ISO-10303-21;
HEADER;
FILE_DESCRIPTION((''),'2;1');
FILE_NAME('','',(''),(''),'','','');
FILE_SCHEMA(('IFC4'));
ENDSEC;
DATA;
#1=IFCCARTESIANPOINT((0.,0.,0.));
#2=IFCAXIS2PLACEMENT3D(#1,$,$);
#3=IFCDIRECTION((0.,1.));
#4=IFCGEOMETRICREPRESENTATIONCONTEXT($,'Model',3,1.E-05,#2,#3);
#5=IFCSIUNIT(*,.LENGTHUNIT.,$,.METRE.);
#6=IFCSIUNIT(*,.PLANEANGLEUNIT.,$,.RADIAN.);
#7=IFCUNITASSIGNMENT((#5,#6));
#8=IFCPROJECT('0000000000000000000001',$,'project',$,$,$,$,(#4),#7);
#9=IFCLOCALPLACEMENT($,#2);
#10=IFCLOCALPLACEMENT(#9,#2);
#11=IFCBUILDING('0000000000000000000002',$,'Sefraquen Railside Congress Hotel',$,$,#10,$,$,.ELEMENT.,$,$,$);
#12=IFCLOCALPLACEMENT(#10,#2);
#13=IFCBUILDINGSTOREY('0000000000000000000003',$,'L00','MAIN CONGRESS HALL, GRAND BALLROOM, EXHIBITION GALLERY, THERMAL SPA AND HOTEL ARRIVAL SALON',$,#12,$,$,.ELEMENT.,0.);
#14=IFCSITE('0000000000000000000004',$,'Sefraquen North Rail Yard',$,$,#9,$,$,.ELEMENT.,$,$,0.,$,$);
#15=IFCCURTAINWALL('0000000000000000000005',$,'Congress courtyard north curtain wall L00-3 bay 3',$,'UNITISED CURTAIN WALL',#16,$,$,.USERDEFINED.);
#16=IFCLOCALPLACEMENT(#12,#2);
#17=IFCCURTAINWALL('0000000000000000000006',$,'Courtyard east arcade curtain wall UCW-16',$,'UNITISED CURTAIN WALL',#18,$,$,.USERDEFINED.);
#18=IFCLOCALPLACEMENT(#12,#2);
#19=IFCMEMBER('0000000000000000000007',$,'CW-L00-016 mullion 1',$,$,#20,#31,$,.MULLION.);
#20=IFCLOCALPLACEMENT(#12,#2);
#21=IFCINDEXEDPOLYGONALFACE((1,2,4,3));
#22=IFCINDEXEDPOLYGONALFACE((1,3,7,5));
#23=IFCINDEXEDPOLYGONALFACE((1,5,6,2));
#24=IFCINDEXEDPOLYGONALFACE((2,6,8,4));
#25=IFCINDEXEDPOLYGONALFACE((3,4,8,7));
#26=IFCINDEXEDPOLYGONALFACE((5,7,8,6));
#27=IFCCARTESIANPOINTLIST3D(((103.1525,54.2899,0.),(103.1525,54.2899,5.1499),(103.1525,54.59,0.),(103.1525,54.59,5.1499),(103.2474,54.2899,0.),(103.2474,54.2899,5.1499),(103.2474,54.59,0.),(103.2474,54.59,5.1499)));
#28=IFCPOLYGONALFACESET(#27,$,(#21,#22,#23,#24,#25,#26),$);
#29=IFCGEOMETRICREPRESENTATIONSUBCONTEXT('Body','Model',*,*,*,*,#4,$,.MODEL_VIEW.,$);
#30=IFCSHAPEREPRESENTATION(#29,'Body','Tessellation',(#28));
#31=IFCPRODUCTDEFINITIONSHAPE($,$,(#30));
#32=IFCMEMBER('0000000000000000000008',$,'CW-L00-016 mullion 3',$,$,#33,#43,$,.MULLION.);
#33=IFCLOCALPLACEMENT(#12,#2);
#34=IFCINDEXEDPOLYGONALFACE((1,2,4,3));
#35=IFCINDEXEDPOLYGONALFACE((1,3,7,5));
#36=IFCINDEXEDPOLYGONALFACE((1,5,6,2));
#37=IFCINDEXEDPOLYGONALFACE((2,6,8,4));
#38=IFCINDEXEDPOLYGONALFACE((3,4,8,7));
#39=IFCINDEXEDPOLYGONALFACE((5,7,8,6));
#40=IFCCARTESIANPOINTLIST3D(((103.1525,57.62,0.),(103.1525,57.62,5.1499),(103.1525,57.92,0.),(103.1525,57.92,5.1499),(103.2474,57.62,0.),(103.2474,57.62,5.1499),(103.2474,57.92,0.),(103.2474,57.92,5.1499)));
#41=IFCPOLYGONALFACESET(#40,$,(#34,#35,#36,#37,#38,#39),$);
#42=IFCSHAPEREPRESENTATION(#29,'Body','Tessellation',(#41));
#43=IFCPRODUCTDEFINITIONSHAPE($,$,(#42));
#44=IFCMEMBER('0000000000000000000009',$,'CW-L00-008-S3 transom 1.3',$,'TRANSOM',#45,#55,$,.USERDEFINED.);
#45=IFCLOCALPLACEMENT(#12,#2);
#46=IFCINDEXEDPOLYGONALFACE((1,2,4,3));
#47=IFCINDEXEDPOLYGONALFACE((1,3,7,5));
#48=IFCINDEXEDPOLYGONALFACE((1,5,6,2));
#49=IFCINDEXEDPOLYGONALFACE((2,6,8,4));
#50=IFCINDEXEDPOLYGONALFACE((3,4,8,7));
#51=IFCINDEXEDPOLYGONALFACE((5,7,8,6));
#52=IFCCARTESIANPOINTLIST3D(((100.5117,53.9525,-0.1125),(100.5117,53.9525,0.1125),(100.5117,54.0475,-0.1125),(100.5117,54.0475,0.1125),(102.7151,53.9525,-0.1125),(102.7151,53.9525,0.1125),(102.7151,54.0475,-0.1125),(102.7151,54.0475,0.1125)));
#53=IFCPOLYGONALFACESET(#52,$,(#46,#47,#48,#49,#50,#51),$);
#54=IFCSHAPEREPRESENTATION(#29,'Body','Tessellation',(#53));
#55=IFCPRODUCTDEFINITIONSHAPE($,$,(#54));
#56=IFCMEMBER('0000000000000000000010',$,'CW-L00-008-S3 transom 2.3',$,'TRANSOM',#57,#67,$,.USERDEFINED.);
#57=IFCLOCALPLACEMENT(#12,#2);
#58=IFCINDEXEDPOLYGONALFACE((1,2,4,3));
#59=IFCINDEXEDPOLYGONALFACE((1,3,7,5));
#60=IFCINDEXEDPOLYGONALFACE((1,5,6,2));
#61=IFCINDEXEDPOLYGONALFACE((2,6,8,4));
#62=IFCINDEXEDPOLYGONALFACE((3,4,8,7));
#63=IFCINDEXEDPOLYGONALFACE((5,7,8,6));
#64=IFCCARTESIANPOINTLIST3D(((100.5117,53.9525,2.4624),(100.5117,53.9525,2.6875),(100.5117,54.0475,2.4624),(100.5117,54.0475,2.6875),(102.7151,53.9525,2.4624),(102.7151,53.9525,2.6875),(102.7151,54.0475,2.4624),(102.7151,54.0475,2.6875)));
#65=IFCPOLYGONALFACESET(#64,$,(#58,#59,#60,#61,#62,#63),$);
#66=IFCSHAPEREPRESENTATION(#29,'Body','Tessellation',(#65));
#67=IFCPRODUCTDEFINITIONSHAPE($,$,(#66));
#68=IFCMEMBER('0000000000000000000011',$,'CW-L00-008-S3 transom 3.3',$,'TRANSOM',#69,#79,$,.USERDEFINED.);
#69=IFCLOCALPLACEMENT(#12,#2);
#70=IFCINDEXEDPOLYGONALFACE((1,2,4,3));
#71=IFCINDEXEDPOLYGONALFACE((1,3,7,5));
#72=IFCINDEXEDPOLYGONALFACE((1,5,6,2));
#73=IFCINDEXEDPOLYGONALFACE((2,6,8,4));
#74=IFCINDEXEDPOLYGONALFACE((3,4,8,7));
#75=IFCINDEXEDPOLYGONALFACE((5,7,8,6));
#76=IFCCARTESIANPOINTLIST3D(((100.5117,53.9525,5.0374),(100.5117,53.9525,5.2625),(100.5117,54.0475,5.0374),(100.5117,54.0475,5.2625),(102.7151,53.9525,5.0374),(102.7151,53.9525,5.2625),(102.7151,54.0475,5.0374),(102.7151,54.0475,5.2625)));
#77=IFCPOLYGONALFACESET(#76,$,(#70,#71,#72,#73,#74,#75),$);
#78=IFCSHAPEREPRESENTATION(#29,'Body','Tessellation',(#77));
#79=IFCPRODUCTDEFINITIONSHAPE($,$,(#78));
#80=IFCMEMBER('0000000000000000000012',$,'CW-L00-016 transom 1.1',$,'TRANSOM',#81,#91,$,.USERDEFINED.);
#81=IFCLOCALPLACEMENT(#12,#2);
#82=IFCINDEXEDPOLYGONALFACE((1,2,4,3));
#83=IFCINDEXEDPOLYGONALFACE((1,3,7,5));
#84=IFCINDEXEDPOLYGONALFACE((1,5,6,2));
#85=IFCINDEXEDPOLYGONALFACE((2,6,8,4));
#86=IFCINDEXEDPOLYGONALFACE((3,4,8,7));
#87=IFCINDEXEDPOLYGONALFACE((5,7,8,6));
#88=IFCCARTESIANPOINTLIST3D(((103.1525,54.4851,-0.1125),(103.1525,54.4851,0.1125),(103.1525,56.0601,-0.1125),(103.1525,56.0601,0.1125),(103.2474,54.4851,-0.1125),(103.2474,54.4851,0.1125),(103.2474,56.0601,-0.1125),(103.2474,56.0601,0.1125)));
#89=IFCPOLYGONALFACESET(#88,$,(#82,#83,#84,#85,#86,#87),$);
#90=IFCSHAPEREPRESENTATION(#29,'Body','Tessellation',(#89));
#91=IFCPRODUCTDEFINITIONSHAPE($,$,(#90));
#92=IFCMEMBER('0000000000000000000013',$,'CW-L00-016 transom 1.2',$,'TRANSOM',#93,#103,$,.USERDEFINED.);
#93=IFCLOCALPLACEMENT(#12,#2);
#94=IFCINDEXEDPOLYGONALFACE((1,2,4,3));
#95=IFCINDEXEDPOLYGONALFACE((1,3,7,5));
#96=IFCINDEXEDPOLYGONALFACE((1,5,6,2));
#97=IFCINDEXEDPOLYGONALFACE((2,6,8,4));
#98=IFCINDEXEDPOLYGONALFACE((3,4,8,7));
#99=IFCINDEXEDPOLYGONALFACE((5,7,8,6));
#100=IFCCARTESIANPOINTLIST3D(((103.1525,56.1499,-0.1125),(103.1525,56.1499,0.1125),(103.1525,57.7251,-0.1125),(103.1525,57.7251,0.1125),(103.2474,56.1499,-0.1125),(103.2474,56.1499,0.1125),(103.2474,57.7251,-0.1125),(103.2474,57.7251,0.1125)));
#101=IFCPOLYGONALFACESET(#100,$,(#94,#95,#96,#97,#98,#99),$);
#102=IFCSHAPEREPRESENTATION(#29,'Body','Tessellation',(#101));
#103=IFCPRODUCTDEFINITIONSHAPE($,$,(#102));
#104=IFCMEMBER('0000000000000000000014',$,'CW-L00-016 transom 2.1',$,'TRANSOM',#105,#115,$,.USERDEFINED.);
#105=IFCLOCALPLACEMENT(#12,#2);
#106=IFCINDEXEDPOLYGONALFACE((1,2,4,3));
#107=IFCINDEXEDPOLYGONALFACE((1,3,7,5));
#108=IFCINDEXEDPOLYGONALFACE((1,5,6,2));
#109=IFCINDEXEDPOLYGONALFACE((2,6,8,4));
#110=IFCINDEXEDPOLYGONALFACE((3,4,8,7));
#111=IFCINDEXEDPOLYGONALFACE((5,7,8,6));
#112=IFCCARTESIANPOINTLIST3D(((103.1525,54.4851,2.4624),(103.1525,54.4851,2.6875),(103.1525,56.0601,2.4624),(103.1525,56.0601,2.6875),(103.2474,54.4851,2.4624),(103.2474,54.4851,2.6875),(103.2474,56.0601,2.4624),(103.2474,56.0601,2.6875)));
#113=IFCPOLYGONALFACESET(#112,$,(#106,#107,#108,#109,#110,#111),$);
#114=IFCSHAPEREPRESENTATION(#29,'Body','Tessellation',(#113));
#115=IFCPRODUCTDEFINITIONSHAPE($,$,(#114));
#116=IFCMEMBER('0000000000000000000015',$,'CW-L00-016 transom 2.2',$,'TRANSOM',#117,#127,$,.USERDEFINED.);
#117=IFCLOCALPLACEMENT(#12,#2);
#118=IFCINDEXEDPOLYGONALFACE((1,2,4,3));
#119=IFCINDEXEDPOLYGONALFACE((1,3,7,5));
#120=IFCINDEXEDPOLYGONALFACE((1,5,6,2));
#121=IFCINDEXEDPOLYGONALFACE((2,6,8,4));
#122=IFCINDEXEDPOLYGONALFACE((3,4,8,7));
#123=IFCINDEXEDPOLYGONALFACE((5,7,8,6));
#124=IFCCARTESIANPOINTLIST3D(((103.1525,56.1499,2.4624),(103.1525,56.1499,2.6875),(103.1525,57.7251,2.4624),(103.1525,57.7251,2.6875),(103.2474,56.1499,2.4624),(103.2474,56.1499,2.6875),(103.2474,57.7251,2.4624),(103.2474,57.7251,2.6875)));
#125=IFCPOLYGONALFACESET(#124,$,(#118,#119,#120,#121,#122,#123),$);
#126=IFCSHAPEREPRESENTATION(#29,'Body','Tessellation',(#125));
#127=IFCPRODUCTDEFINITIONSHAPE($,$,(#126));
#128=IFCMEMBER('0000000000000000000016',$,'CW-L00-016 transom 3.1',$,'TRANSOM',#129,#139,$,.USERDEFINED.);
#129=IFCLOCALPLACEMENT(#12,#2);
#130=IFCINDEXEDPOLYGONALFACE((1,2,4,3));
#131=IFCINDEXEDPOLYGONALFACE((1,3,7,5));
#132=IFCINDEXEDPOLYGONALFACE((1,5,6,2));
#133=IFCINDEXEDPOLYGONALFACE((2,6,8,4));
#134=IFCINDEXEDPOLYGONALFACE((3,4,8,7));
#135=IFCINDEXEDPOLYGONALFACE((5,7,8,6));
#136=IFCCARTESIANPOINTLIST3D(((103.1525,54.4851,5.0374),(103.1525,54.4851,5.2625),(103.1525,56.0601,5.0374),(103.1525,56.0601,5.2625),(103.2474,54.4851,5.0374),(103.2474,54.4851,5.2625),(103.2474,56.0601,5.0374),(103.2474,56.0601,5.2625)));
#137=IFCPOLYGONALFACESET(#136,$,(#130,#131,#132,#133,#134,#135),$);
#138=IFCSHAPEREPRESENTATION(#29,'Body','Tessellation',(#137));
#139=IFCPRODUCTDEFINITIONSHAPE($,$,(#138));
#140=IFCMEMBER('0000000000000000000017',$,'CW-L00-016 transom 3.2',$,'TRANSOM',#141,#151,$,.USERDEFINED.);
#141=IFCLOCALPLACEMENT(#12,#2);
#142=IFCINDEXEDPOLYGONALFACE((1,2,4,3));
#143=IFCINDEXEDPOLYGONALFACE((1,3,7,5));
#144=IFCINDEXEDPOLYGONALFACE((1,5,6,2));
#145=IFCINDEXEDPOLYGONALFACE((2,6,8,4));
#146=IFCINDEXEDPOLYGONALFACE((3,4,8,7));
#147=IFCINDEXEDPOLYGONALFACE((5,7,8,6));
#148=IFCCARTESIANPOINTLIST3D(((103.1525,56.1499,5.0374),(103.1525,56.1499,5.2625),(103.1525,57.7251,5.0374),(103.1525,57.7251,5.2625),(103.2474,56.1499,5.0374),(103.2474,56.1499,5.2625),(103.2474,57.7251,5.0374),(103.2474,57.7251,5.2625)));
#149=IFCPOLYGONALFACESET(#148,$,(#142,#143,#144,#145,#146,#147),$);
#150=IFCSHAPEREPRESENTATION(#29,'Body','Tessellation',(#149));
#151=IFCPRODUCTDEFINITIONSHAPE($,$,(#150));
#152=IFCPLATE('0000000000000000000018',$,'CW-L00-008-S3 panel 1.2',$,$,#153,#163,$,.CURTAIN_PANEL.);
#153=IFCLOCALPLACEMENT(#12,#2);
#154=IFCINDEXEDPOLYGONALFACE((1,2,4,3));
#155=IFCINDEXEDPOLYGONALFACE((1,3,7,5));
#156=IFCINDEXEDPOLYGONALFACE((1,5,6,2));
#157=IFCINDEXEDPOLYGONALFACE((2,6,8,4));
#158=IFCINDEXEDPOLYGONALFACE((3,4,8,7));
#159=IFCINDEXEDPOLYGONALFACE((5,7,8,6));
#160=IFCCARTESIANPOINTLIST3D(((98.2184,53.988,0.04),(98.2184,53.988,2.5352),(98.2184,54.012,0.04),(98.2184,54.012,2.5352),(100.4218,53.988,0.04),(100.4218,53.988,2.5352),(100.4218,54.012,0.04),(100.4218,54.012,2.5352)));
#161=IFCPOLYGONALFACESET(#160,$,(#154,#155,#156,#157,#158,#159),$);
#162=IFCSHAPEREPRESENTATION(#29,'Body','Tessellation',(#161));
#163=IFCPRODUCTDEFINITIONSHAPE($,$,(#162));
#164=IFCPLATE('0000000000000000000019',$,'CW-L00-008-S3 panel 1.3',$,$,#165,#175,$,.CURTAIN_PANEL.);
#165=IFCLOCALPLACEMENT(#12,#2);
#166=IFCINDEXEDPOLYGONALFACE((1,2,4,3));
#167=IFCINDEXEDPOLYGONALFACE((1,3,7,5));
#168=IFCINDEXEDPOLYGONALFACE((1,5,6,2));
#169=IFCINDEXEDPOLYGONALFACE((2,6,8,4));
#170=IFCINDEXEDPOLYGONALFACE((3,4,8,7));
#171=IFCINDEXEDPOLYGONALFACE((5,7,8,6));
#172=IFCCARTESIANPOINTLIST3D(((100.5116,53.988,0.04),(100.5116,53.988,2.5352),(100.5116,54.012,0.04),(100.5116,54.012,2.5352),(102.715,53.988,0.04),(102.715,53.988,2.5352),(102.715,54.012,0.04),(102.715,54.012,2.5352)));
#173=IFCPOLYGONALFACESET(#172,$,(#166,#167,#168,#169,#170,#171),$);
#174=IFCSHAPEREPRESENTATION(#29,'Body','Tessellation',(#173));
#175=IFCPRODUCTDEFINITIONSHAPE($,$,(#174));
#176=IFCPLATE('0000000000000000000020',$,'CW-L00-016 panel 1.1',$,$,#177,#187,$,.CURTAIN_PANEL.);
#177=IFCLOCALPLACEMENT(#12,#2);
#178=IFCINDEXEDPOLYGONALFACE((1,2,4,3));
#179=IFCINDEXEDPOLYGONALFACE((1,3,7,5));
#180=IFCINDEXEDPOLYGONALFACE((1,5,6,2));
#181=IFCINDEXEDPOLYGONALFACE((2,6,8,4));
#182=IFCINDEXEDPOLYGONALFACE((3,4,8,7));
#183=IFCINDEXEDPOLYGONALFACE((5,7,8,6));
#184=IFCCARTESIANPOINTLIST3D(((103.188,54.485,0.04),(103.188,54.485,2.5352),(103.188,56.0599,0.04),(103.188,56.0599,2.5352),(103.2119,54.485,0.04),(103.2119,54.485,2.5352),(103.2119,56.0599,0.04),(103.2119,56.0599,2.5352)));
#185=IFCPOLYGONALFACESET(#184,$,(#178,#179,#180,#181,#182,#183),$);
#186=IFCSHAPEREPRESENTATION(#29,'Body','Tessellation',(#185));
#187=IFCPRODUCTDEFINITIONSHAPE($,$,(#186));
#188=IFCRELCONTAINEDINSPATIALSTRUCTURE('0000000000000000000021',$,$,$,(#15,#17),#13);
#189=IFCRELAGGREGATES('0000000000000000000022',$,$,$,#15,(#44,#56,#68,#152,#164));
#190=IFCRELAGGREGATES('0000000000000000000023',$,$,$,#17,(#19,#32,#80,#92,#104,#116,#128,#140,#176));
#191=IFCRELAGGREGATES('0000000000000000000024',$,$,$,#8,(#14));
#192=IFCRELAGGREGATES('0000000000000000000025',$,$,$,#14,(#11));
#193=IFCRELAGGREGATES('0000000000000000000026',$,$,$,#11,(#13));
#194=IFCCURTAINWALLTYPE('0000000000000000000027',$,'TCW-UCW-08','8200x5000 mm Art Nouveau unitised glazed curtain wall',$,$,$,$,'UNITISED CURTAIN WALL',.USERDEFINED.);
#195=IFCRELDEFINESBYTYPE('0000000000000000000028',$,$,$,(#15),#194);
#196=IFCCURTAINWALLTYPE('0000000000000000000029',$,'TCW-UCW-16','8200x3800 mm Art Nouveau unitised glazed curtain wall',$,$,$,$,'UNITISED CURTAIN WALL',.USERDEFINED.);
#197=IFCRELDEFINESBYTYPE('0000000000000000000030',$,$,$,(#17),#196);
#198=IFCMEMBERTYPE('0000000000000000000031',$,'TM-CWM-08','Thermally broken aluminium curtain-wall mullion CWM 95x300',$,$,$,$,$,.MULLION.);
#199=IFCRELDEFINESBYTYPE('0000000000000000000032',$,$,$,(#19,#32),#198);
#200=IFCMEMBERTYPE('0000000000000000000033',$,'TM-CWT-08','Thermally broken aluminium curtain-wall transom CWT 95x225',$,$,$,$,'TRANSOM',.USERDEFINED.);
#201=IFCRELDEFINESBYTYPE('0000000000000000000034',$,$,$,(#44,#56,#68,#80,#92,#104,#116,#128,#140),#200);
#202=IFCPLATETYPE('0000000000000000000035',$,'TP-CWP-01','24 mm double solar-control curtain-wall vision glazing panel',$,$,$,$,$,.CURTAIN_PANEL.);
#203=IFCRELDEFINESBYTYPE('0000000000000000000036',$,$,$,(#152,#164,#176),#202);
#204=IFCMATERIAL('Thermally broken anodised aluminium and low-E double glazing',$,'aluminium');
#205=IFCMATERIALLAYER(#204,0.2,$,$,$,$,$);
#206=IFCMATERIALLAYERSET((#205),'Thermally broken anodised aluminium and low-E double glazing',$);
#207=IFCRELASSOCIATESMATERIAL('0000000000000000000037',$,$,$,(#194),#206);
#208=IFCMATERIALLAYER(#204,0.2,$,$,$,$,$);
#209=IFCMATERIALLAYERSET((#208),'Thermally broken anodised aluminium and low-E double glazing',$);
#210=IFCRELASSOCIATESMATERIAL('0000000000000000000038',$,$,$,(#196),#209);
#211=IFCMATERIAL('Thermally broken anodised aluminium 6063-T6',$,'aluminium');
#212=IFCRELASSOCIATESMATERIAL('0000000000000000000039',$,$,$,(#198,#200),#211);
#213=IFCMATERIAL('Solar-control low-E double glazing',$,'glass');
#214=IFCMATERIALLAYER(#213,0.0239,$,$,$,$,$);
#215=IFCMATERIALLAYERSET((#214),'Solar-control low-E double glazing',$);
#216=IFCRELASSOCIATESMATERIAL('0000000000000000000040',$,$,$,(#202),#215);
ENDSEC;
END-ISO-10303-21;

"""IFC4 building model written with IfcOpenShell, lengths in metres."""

from ifc_helpers import new_model, si_unit, direction, frame, origin, origin_2d, place, context, subcontext, project, spatial, rectangle, extrude, material, layer, layer_set, material_profile, profile_set, type_object, element, aggregate, save


model = new_model("IFC4")

# Units and contexts
model_context = context("Model", 3, precision=1e-05, world=origin(), true_north=direction((0.0, 1.0)))
body_context = subcontext(model_context, "Body", "Model", "MODEL_VIEW")
ifc_project = project(units=[si_unit("LENGTHUNIT", "METRE"), si_unit("PLANEANGLEUNIT", "RADIAN")], contexts=[model_context])

# Site, building, storey
site_placement = place(None, origin())
site = spatial("IfcSite", under=ifc_project, at=site_placement, Name="Sefraquen North Rail Yard", CompositionType="ELEMENT", RefElevation=0.0)
building_placement = place(site_placement, origin())
building = spatial("IfcBuilding", under=site, at=building_placement, Name="Sefraquen Railside Congress Hotel", CompositionType="ELEMENT")
storey_placement = place(building_placement, origin())
storey = spatial("IfcBuildingStorey", under=building, at=storey_placement, Name="L00", Description="MAIN CONGRESS HALL, GRAND BALLROOM, EXHIBITION GALLERY, THERMAL SPA AND HOTEL ARRIVAL SALON", CompositionType="ELEMENT", Elevation=0.0)

# Curtain walls
ifc_material_1 = material(Name="Thermally broken anodised aluminium and low-E double glazing", Category="aluminium")
ifc_layer_1 = layer(ifc_material_1, 0.2)
ifc_layer_set_1 = layer_set([ifc_layer_1], Name="Thermally broken anodised aluminium and low-E double glazing")
curtain_wall_type_1 = type_object("IfcCurtainWallType", Name="TCW-UCW-08", Description="8200x5000 mm Art Nouveau unitised glazed curtain wall", ElementType="UNITISED CURTAIN WALL", PredefinedType="USERDEFINED", material=ifc_layer_set_1)
curtain_wall_1_placement = place(storey_placement, origin())
curtain_wall_1 = element("IfcCurtainWall", 1, at=curtain_wall_1_placement, inside=storey, type_object=curtain_wall_type_1, Name="Congress courtyard north curtain wall L00-3 bay 3", ObjectType="UNITISED CURTAIN WALL", PredefinedType="USERDEFINED")
ifc_material_2 = material(Name="Thermally broken anodised aluminium 6063-T6", Category="aluminium")
ifc_layer_2 = layer(ifc_material_1, 0.2)
ifc_layer_set_2 = layer_set([ifc_layer_2], Name="Thermally broken anodised aluminium and low-E double glazing")
curtain_wall_type_2 = type_object("IfcCurtainWallType", Name="TCW-UCW-16", Description="8200x3800 mm Art Nouveau unitised glazed curtain wall", ElementType="UNITISED CURTAIN WALL", PredefinedType="USERDEFINED", material=ifc_layer_set_2)
curtain_wall_2_placement = place(storey_placement, origin())
curtain_wall_2 = element("IfcCurtainWall", 2, at=curtain_wall_2_placement, inside=storey, type_object=curtain_wall_type_2, Name="Courtyard east arcade curtain wall UCW-16", ObjectType="UNITISED CURTAIN WALL", PredefinedType="USERDEFINED")

# Members
ifc_material_profile_1 = material_profile(ifc_material_2, rectangle(XDim=0.095, YDim=0.3, at=origin_2d()), Name="CWM 95x300")
ifc_profile_set_1 = profile_set([ifc_material_profile_1], Name="Thermally broken anodised aluminium 6063-T6")
member_type_1 = type_object("IfcMemberType", Name="TM-CWM-08", Description="Thermally broken aluminium curtain-wall mullion CWM 95x300", PredefinedType="MULLION", material=ifc_profile_set_1)
member_1_placement = place(storey_placement, frame((103.2, 54.4399, 0.0), z_axis=(0.0, 0.0, 1.0), x_axis=(1.0, 0.0, 0.0)))
member_1 = element("IfcMember", 3, at=member_1_placement, type_object=member_type_1, Name="CW-L00-016 mullion 1", PredefinedType="MULLION", context=body_context, shape_type="SweptSolid", body=[
    extrude(rectangle(XDim=0.095, YDim=0.3, at=origin_2d()), origin(), (0.0, 0.0, 1.0), 5.1499),
])
member_2_placement = place(storey_placement, frame((103.2, 57.77, 0.0), z_axis=(0.0, 0.0, 1.0), x_axis=(1.0, 0.0, 0.0)))
member_2 = element("IfcMember", 4, at=member_2_placement, type_object=member_type_1, Name="CW-L00-016 mullion 3", PredefinedType="MULLION", context=body_context, shape_type="SweptSolid", body=[
    extrude(rectangle(XDim=0.095, YDim=0.3, at=origin_2d()), origin(), (0.0, 0.0, 1.0), 5.1499),
])
ifc_material_profile_2 = material_profile(ifc_material_2, rectangle(XDim=0.095, YDim=0.2251, at=origin_2d()), Name="CWT 95x225")
ifc_profile_set_2 = profile_set([ifc_material_profile_2], Name="Thermally broken anodised aluminium 6063-T6")
member_type_2 = type_object("IfcMemberType", Name="TM-CWT-08", Description="Thermally broken aluminium curtain-wall transom CWT 95x225", ElementType="TRANSOM", PredefinedType="USERDEFINED", material=ifc_profile_set_2)
member_3_placement = place(storey_placement, frame((100.5117, 54.0, 0.0), z_axis=(1.0, 0.0, 0.0), x_axis=(0.0, 1.0, 0.0)))
member_3 = element("IfcMember", 5, at=member_3_placement, type_object=member_type_2, Name="CW-L00-008-S3 transom 1.3", ObjectType="TRANSOM", PredefinedType="USERDEFINED", context=body_context, shape_type="SweptSolid", body=[
    extrude(rectangle(XDim=0.095, YDim=0.2251, at=origin_2d()), origin(), (0.0, 0.0, 1.0), 2.2034),
])
member_4_placement = place(storey_placement, frame((100.5117, 54.0, 2.575), z_axis=(1.0, 0.0, 0.0), x_axis=(0.0, 1.0, 0.0)))
member_4 = element("IfcMember", 6, at=member_4_placement, type_object=member_type_2, Name="CW-L00-008-S3 transom 2.3", ObjectType="TRANSOM", PredefinedType="USERDEFINED", context=body_context, shape_type="SweptSolid", body=[
    extrude(rectangle(XDim=0.095, YDim=0.2251, at=origin_2d()), origin(), (0.0, 0.0, 1.0), 2.2034),
])
member_5_placement = place(storey_placement, frame((100.5117, 54.0, 5.1499), z_axis=(1.0, 0.0, 0.0), x_axis=(0.0, 1.0, 0.0)))
member_5 = element("IfcMember", 7, at=member_5_placement, type_object=member_type_2, Name="CW-L00-008-S3 transom 3.3", ObjectType="TRANSOM", PredefinedType="USERDEFINED", context=body_context, shape_type="SweptSolid", body=[
    extrude(rectangle(XDim=0.095, YDim=0.2251, at=origin_2d()), origin(), (0.0, 0.0, 1.0), 2.2034),
])
member_6_placement = place(storey_placement, frame((103.2, 54.4851, 0.0), z_axis=(0.0, 1.0, 0.0), x_axis=(-1.0, 0.0, 0.0)))
member_6 = element("IfcMember", 8, at=member_6_placement, type_object=member_type_2, Name="CW-L00-016 transom 1.1", ObjectType="TRANSOM", PredefinedType="USERDEFINED", context=body_context, shape_type="SweptSolid", body=[
    extrude(rectangle(XDim=0.095, YDim=0.2251, at=origin_2d()), origin(), (0.0, 0.0, 1.0), 1.575),
])
member_7_placement = place(storey_placement, frame((103.2, 56.1499, 0.0), z_axis=(0.0, 1.0, 0.0), x_axis=(-1.0, 0.0, 0.0)))
member_7 = element("IfcMember", 9, at=member_7_placement, type_object=member_type_2, Name="CW-L00-016 transom 1.2", ObjectType="TRANSOM", PredefinedType="USERDEFINED", context=body_context, shape_type="SweptSolid", body=[
    extrude(rectangle(XDim=0.095, YDim=0.2251, at=origin_2d()), origin(), (0.0, 0.0, 1.0), 1.5752),
])
member_8_placement = place(storey_placement, frame((103.2, 54.4851, 2.575), z_axis=(0.0, 1.0, 0.0), x_axis=(-1.0, 0.0, 0.0)))
member_8 = element("IfcMember", 10, at=member_8_placement, type_object=member_type_2, Name="CW-L00-016 transom 2.1", ObjectType="TRANSOM", PredefinedType="USERDEFINED", context=body_context, shape_type="SweptSolid", body=[
    extrude(rectangle(XDim=0.095, YDim=0.2251, at=origin_2d()), origin(), (0.0, 0.0, 1.0), 1.575),
])
member_9_placement = place(storey_placement, frame((103.2, 56.1499, 2.575), z_axis=(0.0, 1.0, 0.0), x_axis=(-1.0, 0.0, 0.0)))
member_9 = element("IfcMember", 11, at=member_9_placement, type_object=member_type_2, Name="CW-L00-016 transom 2.2", ObjectType="TRANSOM", PredefinedType="USERDEFINED", context=body_context, shape_type="SweptSolid", body=[
    extrude(rectangle(XDim=0.095, YDim=0.2251, at=origin_2d()), origin(), (0.0, 0.0, 1.0), 1.5752),
])
member_10_placement = place(storey_placement, frame((103.2, 54.4851, 5.1499), z_axis=(0.0, 1.0, 0.0), x_axis=(-1.0, 0.0, 0.0)))
member_10 = element("IfcMember", 12, at=member_10_placement, type_object=member_type_2, Name="CW-L00-016 transom 3.1", ObjectType="TRANSOM", PredefinedType="USERDEFINED", context=body_context, shape_type="SweptSolid", body=[
    extrude(rectangle(XDim=0.095, YDim=0.2251, at=origin_2d()), origin(), (0.0, 0.0, 1.0), 1.575),
])
member_11_placement = place(storey_placement, frame((103.2, 56.1499, 5.1499), z_axis=(0.0, 1.0, 0.0), x_axis=(-1.0, 0.0, 0.0)))
member_11 = element("IfcMember", 13, at=member_11_placement, type_object=member_type_2, Name="CW-L00-016 transom 3.2", ObjectType="TRANSOM", PredefinedType="USERDEFINED", context=body_context, shape_type="SweptSolid", body=[
    extrude(rectangle(XDim=0.095, YDim=0.2251, at=origin_2d()), origin(), (0.0, 0.0, 1.0), 1.5752),
])

# Plates
ifc_material_3 = material(Name="Solar-control low-E double glazing", Category="glass")
ifc_layer_3 = layer(ifc_material_3, 0.0239)
ifc_layer_set_3 = layer_set([ifc_layer_3], Name="Solar-control low-E double glazing")
plate_type_1 = type_object("IfcPlateType", Name="TP-CWP-01", Description="24 mm double solar-control curtain-wall vision glazing panel", PredefinedType="CURTAIN_PANEL", material=ifc_layer_set_3)
plate_1_placement = place(storey_placement, frame((99.3201, 54.0, 0.04), z_axis=(0.0, 0.0, 1.0), x_axis=(1.0, 0.0, 0.0)))
plate_1 = element("IfcPlate", 14, at=plate_1_placement, type_object=plate_type_1, Name="CW-L00-008-S3 panel 1.2", PredefinedType="CURTAIN_PANEL", context=body_context, shape_type="SweptSolid", body=[
    extrude(rectangle(XDim=2.2034, YDim=0.0239, at=origin_2d()), origin(), (0.0, 0.0, 1.0), 2.4951),
])
plate_2_placement = place(storey_placement, frame((101.6133, 54.0, 0.04), z_axis=(0.0, 0.0, 1.0), x_axis=(1.0, 0.0, 0.0)))
plate_2 = element("IfcPlate", 15, at=plate_2_placement, type_object=plate_type_1, Name="CW-L00-008-S3 panel 1.3", PredefinedType="CURTAIN_PANEL", context=body_context, shape_type="SweptSolid", body=[
    extrude(rectangle(XDim=2.2034, YDim=0.0239, at=origin_2d()), origin(), (0.0, 0.0, 1.0), 2.4951),
])
plate_3_placement = place(storey_placement, frame((103.2, 55.2725, 0.04), z_axis=(0.0, 0.0, 1.0), x_axis=(0.0, 1.0, 0.0)))
plate_3 = element("IfcPlate", 16, at=plate_3_placement, type_object=plate_type_1, Name="CW-L00-016 panel 1.1", PredefinedType="CURTAIN_PANEL", context=body_context, shape_type="SweptSolid", body=[
    extrude(rectangle(XDim=1.575, YDim=0.0239, at=origin_2d()), origin(), (0.0, 0.0, 1.0), 2.4951),
])
aggregate(curtain_wall_1, [member_3, member_4, member_5, plate_1, plate_2])
aggregate(curtain_wall_2, [member_1, member_2, member_6, member_7, member_8, member_9, member_10, member_11, plate_3])

save(model, "model.ifc")
